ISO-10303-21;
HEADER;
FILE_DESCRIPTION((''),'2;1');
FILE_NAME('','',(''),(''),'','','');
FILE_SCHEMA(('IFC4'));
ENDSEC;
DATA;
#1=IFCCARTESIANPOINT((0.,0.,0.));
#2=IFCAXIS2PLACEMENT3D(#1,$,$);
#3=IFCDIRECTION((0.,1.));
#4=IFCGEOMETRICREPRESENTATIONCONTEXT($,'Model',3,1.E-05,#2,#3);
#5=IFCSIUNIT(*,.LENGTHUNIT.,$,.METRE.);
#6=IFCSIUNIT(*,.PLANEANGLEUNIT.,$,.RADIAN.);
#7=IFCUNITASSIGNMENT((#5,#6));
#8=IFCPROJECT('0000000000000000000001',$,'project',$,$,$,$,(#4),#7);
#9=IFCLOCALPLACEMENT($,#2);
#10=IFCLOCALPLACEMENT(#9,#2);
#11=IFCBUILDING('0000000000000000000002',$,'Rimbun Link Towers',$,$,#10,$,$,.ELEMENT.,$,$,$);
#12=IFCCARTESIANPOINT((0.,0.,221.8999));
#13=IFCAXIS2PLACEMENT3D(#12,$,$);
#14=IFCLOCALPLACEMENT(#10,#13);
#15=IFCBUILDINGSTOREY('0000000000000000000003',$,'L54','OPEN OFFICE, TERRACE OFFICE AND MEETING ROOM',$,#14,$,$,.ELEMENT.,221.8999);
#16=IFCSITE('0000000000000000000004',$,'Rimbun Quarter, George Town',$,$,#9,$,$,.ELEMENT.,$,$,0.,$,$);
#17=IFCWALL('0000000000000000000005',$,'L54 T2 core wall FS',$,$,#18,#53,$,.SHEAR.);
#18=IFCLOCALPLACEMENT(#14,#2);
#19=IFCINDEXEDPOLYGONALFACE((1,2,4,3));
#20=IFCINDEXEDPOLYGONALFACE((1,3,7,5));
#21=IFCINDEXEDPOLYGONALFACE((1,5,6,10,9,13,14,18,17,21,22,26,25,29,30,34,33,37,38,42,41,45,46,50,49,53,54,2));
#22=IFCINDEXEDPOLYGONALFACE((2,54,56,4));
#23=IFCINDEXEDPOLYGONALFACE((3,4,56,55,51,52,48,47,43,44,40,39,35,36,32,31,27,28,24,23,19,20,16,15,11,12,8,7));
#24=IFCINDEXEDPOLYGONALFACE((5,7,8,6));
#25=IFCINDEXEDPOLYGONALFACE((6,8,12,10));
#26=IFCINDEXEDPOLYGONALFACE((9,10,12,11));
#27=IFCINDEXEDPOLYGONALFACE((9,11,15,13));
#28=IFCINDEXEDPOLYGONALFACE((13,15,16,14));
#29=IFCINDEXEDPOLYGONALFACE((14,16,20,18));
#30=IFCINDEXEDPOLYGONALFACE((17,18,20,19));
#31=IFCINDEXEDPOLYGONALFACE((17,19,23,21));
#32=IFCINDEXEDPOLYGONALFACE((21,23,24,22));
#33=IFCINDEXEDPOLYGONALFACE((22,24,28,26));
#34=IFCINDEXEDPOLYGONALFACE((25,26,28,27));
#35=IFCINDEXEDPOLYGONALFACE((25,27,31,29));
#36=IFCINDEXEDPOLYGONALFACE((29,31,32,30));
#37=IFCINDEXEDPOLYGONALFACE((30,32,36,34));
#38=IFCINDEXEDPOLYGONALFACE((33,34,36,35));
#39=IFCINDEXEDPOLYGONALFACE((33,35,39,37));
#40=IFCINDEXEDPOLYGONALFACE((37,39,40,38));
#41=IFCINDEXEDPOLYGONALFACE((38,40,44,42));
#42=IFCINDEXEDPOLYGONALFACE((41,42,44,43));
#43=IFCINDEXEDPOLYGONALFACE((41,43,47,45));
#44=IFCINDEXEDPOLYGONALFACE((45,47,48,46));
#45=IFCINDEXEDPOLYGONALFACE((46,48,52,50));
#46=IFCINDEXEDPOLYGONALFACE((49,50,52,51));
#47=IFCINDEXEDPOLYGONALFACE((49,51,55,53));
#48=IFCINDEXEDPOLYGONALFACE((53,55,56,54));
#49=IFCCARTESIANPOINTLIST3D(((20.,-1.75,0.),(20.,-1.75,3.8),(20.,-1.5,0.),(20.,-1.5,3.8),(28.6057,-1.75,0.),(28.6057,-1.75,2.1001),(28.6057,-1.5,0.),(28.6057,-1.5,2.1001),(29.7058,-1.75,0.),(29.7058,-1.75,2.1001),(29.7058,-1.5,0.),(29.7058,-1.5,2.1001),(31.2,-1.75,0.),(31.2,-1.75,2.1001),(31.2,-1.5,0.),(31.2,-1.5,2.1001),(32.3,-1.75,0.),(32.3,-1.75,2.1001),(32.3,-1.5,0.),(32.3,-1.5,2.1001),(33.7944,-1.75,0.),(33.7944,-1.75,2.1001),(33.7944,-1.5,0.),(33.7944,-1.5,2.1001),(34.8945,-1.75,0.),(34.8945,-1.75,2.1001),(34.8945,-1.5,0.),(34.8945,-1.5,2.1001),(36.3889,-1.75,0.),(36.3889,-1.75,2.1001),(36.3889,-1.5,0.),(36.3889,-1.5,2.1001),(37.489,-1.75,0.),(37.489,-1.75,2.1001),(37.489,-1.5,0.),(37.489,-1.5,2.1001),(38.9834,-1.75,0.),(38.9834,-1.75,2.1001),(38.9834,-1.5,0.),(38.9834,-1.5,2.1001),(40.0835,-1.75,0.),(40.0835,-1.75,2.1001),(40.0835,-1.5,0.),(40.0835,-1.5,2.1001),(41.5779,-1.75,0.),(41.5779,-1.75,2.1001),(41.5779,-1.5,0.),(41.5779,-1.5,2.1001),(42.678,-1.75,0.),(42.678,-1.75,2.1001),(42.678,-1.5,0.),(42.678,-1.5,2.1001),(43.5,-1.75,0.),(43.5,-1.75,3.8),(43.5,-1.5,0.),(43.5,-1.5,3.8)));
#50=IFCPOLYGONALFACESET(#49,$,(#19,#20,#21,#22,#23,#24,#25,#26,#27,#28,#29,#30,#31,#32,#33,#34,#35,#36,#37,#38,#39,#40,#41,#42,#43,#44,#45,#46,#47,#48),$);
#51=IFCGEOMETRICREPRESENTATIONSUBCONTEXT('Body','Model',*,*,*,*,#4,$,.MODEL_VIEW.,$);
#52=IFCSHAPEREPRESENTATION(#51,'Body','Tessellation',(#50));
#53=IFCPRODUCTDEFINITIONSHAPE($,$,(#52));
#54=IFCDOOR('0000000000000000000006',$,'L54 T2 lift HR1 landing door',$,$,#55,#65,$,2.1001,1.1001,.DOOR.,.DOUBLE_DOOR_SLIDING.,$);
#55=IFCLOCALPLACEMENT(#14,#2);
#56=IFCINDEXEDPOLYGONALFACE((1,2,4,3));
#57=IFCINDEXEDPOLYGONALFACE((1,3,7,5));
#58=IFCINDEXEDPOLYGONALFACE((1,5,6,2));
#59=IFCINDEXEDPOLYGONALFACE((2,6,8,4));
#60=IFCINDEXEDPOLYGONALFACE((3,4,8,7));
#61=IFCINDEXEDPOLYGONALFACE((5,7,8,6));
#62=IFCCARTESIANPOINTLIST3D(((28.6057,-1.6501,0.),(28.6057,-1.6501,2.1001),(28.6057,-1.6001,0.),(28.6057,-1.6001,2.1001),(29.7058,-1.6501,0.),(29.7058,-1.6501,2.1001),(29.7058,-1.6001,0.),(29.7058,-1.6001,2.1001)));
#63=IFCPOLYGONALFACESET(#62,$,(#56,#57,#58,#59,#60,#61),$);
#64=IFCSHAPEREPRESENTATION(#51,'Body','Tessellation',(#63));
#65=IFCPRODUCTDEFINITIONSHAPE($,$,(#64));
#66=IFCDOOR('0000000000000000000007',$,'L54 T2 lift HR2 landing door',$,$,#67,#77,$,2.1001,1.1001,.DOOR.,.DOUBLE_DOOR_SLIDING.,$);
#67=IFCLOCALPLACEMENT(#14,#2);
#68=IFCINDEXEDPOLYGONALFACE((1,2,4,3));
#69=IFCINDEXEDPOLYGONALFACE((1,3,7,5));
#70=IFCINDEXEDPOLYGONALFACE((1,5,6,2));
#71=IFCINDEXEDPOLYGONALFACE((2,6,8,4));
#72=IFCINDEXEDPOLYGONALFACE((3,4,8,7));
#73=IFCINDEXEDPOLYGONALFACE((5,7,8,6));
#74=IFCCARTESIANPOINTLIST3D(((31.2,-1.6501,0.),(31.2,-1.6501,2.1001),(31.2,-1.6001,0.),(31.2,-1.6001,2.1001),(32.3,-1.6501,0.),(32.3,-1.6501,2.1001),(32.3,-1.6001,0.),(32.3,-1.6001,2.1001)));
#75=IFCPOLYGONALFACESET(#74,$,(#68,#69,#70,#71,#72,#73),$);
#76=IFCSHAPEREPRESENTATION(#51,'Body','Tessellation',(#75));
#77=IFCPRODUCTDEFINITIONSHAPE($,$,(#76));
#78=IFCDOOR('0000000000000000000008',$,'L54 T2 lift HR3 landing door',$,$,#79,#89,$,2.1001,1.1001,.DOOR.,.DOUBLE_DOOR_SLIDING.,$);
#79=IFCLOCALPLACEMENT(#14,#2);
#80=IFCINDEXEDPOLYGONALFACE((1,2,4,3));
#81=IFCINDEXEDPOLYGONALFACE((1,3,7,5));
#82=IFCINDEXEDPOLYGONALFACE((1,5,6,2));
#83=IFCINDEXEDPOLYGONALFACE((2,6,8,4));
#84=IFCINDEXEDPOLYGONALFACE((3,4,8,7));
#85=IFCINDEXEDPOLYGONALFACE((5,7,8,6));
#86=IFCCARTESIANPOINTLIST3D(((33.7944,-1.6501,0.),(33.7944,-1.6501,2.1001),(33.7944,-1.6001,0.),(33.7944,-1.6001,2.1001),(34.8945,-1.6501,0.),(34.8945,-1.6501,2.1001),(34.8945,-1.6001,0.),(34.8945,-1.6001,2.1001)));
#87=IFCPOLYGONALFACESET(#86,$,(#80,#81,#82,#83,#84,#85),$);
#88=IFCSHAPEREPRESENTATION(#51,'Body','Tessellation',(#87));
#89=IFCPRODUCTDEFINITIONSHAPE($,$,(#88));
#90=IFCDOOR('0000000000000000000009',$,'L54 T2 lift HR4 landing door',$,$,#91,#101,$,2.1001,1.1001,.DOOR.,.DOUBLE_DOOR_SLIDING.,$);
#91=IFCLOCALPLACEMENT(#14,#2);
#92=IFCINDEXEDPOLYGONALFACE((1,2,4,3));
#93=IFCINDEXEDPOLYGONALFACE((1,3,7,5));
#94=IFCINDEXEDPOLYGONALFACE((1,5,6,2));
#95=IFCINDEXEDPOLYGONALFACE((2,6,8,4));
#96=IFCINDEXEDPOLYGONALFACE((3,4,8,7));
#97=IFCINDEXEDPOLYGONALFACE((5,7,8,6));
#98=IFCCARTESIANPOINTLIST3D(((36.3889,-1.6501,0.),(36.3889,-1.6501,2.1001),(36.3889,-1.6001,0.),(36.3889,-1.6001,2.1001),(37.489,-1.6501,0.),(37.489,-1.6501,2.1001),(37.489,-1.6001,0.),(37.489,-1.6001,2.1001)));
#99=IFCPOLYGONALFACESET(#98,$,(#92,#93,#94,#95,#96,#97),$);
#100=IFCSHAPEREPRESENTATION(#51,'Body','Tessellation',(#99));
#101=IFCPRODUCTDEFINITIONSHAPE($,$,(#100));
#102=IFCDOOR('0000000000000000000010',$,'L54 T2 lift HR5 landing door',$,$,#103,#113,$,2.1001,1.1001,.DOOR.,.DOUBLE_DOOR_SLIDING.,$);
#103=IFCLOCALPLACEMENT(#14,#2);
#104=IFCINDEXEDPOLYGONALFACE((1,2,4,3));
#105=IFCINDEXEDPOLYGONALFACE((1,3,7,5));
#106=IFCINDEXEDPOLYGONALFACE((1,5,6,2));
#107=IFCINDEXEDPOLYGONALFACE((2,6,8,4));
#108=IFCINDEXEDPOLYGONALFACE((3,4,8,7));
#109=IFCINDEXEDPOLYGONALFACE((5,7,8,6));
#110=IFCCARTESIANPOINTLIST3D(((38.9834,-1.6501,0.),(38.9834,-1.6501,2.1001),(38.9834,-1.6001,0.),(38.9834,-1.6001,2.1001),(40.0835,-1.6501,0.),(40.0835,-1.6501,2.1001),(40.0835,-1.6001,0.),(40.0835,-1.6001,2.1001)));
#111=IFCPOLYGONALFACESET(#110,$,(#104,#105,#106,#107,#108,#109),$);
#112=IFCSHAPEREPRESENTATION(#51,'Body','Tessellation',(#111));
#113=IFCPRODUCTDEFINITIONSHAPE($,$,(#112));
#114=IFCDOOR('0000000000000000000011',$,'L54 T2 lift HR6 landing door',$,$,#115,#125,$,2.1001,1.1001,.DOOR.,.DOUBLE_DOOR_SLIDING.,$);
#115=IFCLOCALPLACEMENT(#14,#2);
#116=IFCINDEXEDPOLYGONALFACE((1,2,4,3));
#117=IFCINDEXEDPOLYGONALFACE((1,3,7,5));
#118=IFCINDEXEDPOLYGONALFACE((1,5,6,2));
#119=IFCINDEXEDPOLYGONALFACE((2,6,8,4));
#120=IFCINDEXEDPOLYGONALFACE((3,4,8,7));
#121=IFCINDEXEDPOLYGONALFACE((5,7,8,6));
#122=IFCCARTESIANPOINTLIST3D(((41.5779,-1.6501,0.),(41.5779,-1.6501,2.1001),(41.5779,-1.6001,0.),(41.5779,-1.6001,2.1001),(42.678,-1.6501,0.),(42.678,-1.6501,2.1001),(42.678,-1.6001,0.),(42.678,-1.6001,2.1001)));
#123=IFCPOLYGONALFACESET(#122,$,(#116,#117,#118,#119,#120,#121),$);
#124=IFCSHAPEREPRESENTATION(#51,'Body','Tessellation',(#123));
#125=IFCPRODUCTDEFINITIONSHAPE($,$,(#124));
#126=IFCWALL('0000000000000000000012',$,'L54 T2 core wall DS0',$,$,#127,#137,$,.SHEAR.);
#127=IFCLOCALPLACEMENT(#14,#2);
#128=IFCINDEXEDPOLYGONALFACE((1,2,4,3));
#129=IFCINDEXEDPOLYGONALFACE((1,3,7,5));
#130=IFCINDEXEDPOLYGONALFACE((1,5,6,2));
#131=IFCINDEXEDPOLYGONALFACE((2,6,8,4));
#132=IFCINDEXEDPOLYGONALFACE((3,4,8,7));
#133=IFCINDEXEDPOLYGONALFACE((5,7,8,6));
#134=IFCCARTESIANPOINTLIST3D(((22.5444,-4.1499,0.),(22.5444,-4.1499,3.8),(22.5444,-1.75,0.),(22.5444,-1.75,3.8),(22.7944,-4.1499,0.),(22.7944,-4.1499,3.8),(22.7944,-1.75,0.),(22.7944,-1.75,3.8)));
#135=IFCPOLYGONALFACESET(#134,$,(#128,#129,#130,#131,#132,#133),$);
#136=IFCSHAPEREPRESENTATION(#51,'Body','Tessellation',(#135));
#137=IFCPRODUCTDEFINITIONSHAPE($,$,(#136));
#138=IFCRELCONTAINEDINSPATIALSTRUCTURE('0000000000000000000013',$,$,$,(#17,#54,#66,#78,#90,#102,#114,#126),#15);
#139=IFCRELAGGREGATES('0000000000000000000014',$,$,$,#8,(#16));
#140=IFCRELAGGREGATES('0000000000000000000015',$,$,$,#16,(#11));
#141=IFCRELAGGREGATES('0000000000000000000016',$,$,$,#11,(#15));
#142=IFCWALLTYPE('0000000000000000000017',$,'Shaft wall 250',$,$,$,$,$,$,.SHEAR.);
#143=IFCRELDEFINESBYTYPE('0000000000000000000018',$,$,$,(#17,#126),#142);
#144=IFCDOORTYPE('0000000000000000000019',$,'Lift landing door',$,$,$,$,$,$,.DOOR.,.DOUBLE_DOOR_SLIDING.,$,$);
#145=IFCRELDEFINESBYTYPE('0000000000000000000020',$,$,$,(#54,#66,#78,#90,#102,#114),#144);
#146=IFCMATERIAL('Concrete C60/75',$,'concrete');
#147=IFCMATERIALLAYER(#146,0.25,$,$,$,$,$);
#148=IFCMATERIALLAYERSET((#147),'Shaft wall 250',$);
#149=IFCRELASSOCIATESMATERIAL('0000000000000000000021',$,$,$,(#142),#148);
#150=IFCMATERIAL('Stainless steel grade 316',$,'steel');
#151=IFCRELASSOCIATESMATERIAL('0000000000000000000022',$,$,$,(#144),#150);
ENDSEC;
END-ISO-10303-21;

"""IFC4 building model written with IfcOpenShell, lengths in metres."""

from ifc_helpers import new_model, si_unit, direction, frame, frame_2d, origin, place, context, subcontext, project, spatial, rectangle, extrude, material, layer, layer_set, type_object, element, fill, save


model = new_model("IFC4")

# Units and contexts
model_context = context("Model", 3, precision=1e-05, world=origin(), true_north=direction((0.0, 1.0)))
body_context = subcontext(model_context, "Body", "Model", "MODEL_VIEW")
ifc_project = project(units=[si_unit("LENGTHUNIT", "METRE"), si_unit("PLANEANGLEUNIT", "RADIAN")], contexts=[model_context])

# Site, building, storey
site_placement = place(None, origin())
site = spatial("IfcSite", under=ifc_project, at=site_placement, Name="Rimbun Quarter, George Town", CompositionType="ELEMENT", RefElevation=0.0)
building_placement = place(site_placement, origin())
building = spatial("IfcBuilding", under=site, at=building_placement, Name="Rimbun Link Towers", CompositionType="ELEMENT")
storey_placement = place(building_placement, frame((0.0, 0.0, 221.8999)))
storey = spatial("IfcBuildingStorey", under=building, at=storey_placement, Name="L54", Description="OPEN OFFICE, TERRACE OFFICE AND MEETING ROOM", CompositionType="ELEMENT", Elevation=221.8999)

# Shared definitions
ifc_material_1 = material(Name="Concrete C60/75", Category="concrete")
ifc_layer_1 = layer(ifc_material_1, 0.25)
ifc_layer_set_1 = layer_set([ifc_layer_1], Name="Shaft wall 250")
wall_type_1 = type_object("IfcWallType", Name="Shaft wall 250", PredefinedType="SHEAR", material=ifc_layer_set_1)

# Wall, openings, doors
wall_1_placement = place(storey_placement, frame((20.0, -1.625, 0.0), z_axis=(0.0, 0.0, 1.0), x_axis=(1.0, 0.0, 0.0)))
wall_1 = element("IfcWall", 1, at=wall_1_placement, inside=storey, type_object=wall_type_1, Name="L54 T2 core wall FS", PredefinedType="SHEAR", context=body_context, shape_type="SweptSolid", body=[
    extrude(rectangle(XDim=23.5, YDim=0.25, at=frame_2d((11.75, 0.0))), origin(), (0.0, 0.0, 1.0), 3.8),
])
opening_1_placement = place(wall_1_placement, frame((8.6057, 0.0, 0.0)))
opening_1 = element("IfcOpeningElement", 2, at=opening_1_placement, cuts=wall_1, PredefinedType="OPENING", context=body_context, shape_type="SweptSolid", body=[
    extrude(rectangle(XDim=1.1001, YDim=2.1001, at=frame_2d((0.55, 1.05))), frame((0.0, 0.135, 0.0), z_axis=(0.0, -1.0, 0.0), x_axis=(1.0, 0.0, 0.0)), (0.0, 0.0, 1.0), 0.27),
])
opening_2_placement = place(wall_1_placement, frame((11.2, 0.0, 0.0)))
opening_2 = element("IfcOpeningElement", 3, at=opening_2_placement, cuts=wall_1, PredefinedType="OPENING", context=body_context, shape_type="SweptSolid", body=[
    extrude(rectangle(XDim=1.1001, YDim=2.1001, at=frame_2d((0.55, 1.05))), frame((0.0, 0.135, 0.0), z_axis=(0.0, -1.0, 0.0), x_axis=(1.0, 0.0, 0.0)), (0.0, 0.0, 1.0), 0.27),
])
opening_3_placement = place(wall_1_placement, frame((13.7944, 0.0, 0.0)))
opening_3 = element("IfcOpeningElement", 4, at=opening_3_placement, cuts=wall_1, PredefinedType="OPENING", context=body_context, shape_type="SweptSolid", body=[
    extrude(rectangle(XDim=1.1001, YDim=2.1001, at=frame_2d((0.55, 1.05))), frame((0.0, 0.135, 0.0), z_axis=(0.0, -1.0, 0.0), x_axis=(1.0, 0.0, 0.0)), (0.0, 0.0, 1.0), 0.27),
])
opening_4_placement = place(wall_1_placement, frame((16.3889, 0.0, 0.0)))
opening_4 = element("IfcOpeningElement", 5, at=opening_4_placement, cuts=wall_1, PredefinedType="OPENING", context=body_context, shape_type="SweptSolid", body=[
    extrude(rectangle(XDim=1.1001, YDim=2.1001, at=frame_2d((0.55, 1.05))), frame((0.0, 0.135, 0.0), z_axis=(0.0, -1.0, 0.0), x_axis=(1.0, 0.0, 0.0)), (0.0, 0.0, 1.0), 0.27),
])
opening_5_placement = place(wall_1_placement, frame((18.9834, 0.0, 0.0)))
opening_5 = element("IfcOpeningElement", 6, at=opening_5_placement, cuts=wall_1, PredefinedType="OPENING", context=body_context, shape_type="SweptSolid", body=[
    extrude(rectangle(XDim=1.1001, YDim=2.1001, at=frame_2d((0.55, 1.05))), frame((0.0, 0.135, 0.0), z_axis=(0.0, -1.0, 0.0), x_axis=(1.0, 0.0, 0.0)), (0.0, 0.0, 1.0), 0.27),
])
opening_6_placement = place(wall_1_placement, frame((21.5779, 0.0, 0.0)))
opening_6 = element("IfcOpeningElement", 7, at=opening_6_placement, cuts=wall_1, PredefinedType="OPENING", context=body_context, shape_type="SweptSolid", body=[
    extrude(rectangle(XDim=1.1001, YDim=2.1001, at=frame_2d((0.55, 1.05))), frame((0.0, 0.135, 0.0), z_axis=(0.0, -1.0, 0.0), x_axis=(1.0, 0.0, 0.0)), (0.0, 0.0, 1.0), 0.27),
])
ifc_material_2 = material(Name="Stainless steel grade 316", Category="steel")
door_type_1 = type_object("IfcDoorType", Name="Lift landing door", OperationType="DOUBLE_DOOR_SLIDING", PredefinedType="DOOR", material=ifc_material_2)
door_1_placement = place(opening_1_placement, origin())
door_1 = element("IfcDoor", 8, at=door_1_placement, inside=storey, type_object=door_type_1, Name="L54 T2 lift HR1 landing door", OperationType="DOUBLE_DOOR_SLIDING", OverallHeight=2.1001, OverallWidth=1.1001, PredefinedType="DOOR", context=body_context, shape_type="SweptSolid", body=[
    extrude(rectangle(XDim=1.1001, YDim=2.1001, at=frame_2d((0.55, 1.05))), frame((0.0, 0.0249, 0.0), z_axis=(0.0, -1.0, 0.0), x_axis=(1.0, 0.0, 0.0)), (0.0, 0.0, 1.0), 0.05),
])
fill(opening_1, door_1)
door_2_placement = place(opening_2_placement, origin())
door_2 = element("IfcDoor", 9, at=door_2_placement, inside=storey, type_object=door_type_1, Name="L54 T2 lift HR2 landing door", OperationType="DOUBLE_DOOR_SLIDING", OverallHeight=2.1001, OverallWidth=1.1001, PredefinedType="DOOR", context=body_context, shape_type="SweptSolid", body=[
    extrude(rectangle(XDim=1.1001, YDim=2.1001, at=frame_2d((0.55, 1.05))), frame((0.0, 0.0249, 0.0), z_axis=(0.0, -1.0, 0.0), x_axis=(1.0, 0.0, 0.0)), (0.0, 0.0, 1.0), 0.05),
])
fill(opening_2, door_2)
door_3_placement = place(opening_3_placement, origin())
door_3 = element("IfcDoor", 10, at=door_3_placement, inside=storey, type_object=door_type_1, Name="L54 T2 lift HR3 landing door", OperationType="DOUBLE_DOOR_SLIDING", OverallHeight=2.1001, OverallWidth=1.1001, PredefinedType="DOOR", context=body_context, shape_type="SweptSolid", body=[
    extrude(rectangle(XDim=1.1001, YDim=2.1001, at=frame_2d((0.55, 1.05))), frame((0.0, 0.0249, 0.0), z_axis=(0.0, -1.0, 0.0), x_axis=(1.0, 0.0, 0.0)), (0.0, 0.0, 1.0), 0.05),
])
fill(opening_3, door_3)
door_4_placement = place(opening_4_placement, origin())
door_4 = element("IfcDoor", 11, at=door_4_placement, inside=storey, type_object=door_type_1, Name="L54 T2 lift HR4 landing door", OperationType="DOUBLE_DOOR_SLIDING", OverallHeight=2.1001, OverallWidth=1.1001, PredefinedType="DOOR", context=body_context, shape_type="SweptSolid", body=[
    extrude(rectangle(XDim=1.1001, YDim=2.1001, at=frame_2d((0.55, 1.05))), frame((0.0, 0.0249, 0.0), z_axis=(0.0, -1.0, 0.0), x_axis=(1.0, 0.0, 0.0)), (0.0, 0.0, 1.0), 0.05),
])
fill(opening_4, door_4)
door_5_placement = place(opening_5_placement, origin())
door_5 = element("IfcDoor", 12, at=door_5_placement, inside=storey, type_object=door_type_1, Name="L54 T2 lift HR5 landing door", OperationType="DOUBLE_DOOR_SLIDING", OverallHeight=2.1001, OverallWidth=1.1001, PredefinedType="DOOR", context=body_context, shape_type="SweptSolid", body=[
    extrude(rectangle(XDim=1.1001, YDim=2.1001, at=frame_2d((0.55, 1.05))), frame((0.0, 0.0249, 0.0), z_axis=(0.0, -1.0, 0.0), x_axis=(1.0, 0.0, 0.0)), (0.0, 0.0, 1.0), 0.05),
])
fill(opening_5, door_5)
door_6_placement = place(opening_6_placement, origin())
door_6 = element("IfcDoor", 13, at=door_6_placement, inside=storey, type_object=door_type_1, Name="L54 T2 lift HR6 landing door", OperationType="DOUBLE_DOOR_SLIDING", OverallHeight=2.1001, OverallWidth=1.1001, PredefinedType="DOOR", context=body_context, shape_type="SweptSolid", body=[
    extrude(rectangle(XDim=1.1001, YDim=2.1001, at=frame_2d((0.55, 1.05))), frame((0.0, 0.0249, 0.0), z_axis=(0.0, -1.0, 0.0), x_axis=(1.0, 0.0, 0.0)), (0.0, 0.0, 1.0), 0.05),
])
fill(opening_6, door_6)

# Wall
wall_2_placement = place(storey_placement, frame((22.6694, -4.1499, 0.0), z_axis=(0.0, 0.0, 1.0), x_axis=(0.0, 1.0, 0.0)))
element("IfcWall", 14, at=wall_2_placement, inside=storey, type_object=wall_type_1, Name="L54 T2 core wall DS0", PredefinedType="SHEAR", context=body_context, shape_type="SweptSolid", body=[
    extrude(rectangle(XDim=2.3999, YDim=0.25, at=frame_2d((1.2, 0.0))), origin(), (0.0, 0.0, 1.0), 3.8),
])

save(model, "model.ifc")
